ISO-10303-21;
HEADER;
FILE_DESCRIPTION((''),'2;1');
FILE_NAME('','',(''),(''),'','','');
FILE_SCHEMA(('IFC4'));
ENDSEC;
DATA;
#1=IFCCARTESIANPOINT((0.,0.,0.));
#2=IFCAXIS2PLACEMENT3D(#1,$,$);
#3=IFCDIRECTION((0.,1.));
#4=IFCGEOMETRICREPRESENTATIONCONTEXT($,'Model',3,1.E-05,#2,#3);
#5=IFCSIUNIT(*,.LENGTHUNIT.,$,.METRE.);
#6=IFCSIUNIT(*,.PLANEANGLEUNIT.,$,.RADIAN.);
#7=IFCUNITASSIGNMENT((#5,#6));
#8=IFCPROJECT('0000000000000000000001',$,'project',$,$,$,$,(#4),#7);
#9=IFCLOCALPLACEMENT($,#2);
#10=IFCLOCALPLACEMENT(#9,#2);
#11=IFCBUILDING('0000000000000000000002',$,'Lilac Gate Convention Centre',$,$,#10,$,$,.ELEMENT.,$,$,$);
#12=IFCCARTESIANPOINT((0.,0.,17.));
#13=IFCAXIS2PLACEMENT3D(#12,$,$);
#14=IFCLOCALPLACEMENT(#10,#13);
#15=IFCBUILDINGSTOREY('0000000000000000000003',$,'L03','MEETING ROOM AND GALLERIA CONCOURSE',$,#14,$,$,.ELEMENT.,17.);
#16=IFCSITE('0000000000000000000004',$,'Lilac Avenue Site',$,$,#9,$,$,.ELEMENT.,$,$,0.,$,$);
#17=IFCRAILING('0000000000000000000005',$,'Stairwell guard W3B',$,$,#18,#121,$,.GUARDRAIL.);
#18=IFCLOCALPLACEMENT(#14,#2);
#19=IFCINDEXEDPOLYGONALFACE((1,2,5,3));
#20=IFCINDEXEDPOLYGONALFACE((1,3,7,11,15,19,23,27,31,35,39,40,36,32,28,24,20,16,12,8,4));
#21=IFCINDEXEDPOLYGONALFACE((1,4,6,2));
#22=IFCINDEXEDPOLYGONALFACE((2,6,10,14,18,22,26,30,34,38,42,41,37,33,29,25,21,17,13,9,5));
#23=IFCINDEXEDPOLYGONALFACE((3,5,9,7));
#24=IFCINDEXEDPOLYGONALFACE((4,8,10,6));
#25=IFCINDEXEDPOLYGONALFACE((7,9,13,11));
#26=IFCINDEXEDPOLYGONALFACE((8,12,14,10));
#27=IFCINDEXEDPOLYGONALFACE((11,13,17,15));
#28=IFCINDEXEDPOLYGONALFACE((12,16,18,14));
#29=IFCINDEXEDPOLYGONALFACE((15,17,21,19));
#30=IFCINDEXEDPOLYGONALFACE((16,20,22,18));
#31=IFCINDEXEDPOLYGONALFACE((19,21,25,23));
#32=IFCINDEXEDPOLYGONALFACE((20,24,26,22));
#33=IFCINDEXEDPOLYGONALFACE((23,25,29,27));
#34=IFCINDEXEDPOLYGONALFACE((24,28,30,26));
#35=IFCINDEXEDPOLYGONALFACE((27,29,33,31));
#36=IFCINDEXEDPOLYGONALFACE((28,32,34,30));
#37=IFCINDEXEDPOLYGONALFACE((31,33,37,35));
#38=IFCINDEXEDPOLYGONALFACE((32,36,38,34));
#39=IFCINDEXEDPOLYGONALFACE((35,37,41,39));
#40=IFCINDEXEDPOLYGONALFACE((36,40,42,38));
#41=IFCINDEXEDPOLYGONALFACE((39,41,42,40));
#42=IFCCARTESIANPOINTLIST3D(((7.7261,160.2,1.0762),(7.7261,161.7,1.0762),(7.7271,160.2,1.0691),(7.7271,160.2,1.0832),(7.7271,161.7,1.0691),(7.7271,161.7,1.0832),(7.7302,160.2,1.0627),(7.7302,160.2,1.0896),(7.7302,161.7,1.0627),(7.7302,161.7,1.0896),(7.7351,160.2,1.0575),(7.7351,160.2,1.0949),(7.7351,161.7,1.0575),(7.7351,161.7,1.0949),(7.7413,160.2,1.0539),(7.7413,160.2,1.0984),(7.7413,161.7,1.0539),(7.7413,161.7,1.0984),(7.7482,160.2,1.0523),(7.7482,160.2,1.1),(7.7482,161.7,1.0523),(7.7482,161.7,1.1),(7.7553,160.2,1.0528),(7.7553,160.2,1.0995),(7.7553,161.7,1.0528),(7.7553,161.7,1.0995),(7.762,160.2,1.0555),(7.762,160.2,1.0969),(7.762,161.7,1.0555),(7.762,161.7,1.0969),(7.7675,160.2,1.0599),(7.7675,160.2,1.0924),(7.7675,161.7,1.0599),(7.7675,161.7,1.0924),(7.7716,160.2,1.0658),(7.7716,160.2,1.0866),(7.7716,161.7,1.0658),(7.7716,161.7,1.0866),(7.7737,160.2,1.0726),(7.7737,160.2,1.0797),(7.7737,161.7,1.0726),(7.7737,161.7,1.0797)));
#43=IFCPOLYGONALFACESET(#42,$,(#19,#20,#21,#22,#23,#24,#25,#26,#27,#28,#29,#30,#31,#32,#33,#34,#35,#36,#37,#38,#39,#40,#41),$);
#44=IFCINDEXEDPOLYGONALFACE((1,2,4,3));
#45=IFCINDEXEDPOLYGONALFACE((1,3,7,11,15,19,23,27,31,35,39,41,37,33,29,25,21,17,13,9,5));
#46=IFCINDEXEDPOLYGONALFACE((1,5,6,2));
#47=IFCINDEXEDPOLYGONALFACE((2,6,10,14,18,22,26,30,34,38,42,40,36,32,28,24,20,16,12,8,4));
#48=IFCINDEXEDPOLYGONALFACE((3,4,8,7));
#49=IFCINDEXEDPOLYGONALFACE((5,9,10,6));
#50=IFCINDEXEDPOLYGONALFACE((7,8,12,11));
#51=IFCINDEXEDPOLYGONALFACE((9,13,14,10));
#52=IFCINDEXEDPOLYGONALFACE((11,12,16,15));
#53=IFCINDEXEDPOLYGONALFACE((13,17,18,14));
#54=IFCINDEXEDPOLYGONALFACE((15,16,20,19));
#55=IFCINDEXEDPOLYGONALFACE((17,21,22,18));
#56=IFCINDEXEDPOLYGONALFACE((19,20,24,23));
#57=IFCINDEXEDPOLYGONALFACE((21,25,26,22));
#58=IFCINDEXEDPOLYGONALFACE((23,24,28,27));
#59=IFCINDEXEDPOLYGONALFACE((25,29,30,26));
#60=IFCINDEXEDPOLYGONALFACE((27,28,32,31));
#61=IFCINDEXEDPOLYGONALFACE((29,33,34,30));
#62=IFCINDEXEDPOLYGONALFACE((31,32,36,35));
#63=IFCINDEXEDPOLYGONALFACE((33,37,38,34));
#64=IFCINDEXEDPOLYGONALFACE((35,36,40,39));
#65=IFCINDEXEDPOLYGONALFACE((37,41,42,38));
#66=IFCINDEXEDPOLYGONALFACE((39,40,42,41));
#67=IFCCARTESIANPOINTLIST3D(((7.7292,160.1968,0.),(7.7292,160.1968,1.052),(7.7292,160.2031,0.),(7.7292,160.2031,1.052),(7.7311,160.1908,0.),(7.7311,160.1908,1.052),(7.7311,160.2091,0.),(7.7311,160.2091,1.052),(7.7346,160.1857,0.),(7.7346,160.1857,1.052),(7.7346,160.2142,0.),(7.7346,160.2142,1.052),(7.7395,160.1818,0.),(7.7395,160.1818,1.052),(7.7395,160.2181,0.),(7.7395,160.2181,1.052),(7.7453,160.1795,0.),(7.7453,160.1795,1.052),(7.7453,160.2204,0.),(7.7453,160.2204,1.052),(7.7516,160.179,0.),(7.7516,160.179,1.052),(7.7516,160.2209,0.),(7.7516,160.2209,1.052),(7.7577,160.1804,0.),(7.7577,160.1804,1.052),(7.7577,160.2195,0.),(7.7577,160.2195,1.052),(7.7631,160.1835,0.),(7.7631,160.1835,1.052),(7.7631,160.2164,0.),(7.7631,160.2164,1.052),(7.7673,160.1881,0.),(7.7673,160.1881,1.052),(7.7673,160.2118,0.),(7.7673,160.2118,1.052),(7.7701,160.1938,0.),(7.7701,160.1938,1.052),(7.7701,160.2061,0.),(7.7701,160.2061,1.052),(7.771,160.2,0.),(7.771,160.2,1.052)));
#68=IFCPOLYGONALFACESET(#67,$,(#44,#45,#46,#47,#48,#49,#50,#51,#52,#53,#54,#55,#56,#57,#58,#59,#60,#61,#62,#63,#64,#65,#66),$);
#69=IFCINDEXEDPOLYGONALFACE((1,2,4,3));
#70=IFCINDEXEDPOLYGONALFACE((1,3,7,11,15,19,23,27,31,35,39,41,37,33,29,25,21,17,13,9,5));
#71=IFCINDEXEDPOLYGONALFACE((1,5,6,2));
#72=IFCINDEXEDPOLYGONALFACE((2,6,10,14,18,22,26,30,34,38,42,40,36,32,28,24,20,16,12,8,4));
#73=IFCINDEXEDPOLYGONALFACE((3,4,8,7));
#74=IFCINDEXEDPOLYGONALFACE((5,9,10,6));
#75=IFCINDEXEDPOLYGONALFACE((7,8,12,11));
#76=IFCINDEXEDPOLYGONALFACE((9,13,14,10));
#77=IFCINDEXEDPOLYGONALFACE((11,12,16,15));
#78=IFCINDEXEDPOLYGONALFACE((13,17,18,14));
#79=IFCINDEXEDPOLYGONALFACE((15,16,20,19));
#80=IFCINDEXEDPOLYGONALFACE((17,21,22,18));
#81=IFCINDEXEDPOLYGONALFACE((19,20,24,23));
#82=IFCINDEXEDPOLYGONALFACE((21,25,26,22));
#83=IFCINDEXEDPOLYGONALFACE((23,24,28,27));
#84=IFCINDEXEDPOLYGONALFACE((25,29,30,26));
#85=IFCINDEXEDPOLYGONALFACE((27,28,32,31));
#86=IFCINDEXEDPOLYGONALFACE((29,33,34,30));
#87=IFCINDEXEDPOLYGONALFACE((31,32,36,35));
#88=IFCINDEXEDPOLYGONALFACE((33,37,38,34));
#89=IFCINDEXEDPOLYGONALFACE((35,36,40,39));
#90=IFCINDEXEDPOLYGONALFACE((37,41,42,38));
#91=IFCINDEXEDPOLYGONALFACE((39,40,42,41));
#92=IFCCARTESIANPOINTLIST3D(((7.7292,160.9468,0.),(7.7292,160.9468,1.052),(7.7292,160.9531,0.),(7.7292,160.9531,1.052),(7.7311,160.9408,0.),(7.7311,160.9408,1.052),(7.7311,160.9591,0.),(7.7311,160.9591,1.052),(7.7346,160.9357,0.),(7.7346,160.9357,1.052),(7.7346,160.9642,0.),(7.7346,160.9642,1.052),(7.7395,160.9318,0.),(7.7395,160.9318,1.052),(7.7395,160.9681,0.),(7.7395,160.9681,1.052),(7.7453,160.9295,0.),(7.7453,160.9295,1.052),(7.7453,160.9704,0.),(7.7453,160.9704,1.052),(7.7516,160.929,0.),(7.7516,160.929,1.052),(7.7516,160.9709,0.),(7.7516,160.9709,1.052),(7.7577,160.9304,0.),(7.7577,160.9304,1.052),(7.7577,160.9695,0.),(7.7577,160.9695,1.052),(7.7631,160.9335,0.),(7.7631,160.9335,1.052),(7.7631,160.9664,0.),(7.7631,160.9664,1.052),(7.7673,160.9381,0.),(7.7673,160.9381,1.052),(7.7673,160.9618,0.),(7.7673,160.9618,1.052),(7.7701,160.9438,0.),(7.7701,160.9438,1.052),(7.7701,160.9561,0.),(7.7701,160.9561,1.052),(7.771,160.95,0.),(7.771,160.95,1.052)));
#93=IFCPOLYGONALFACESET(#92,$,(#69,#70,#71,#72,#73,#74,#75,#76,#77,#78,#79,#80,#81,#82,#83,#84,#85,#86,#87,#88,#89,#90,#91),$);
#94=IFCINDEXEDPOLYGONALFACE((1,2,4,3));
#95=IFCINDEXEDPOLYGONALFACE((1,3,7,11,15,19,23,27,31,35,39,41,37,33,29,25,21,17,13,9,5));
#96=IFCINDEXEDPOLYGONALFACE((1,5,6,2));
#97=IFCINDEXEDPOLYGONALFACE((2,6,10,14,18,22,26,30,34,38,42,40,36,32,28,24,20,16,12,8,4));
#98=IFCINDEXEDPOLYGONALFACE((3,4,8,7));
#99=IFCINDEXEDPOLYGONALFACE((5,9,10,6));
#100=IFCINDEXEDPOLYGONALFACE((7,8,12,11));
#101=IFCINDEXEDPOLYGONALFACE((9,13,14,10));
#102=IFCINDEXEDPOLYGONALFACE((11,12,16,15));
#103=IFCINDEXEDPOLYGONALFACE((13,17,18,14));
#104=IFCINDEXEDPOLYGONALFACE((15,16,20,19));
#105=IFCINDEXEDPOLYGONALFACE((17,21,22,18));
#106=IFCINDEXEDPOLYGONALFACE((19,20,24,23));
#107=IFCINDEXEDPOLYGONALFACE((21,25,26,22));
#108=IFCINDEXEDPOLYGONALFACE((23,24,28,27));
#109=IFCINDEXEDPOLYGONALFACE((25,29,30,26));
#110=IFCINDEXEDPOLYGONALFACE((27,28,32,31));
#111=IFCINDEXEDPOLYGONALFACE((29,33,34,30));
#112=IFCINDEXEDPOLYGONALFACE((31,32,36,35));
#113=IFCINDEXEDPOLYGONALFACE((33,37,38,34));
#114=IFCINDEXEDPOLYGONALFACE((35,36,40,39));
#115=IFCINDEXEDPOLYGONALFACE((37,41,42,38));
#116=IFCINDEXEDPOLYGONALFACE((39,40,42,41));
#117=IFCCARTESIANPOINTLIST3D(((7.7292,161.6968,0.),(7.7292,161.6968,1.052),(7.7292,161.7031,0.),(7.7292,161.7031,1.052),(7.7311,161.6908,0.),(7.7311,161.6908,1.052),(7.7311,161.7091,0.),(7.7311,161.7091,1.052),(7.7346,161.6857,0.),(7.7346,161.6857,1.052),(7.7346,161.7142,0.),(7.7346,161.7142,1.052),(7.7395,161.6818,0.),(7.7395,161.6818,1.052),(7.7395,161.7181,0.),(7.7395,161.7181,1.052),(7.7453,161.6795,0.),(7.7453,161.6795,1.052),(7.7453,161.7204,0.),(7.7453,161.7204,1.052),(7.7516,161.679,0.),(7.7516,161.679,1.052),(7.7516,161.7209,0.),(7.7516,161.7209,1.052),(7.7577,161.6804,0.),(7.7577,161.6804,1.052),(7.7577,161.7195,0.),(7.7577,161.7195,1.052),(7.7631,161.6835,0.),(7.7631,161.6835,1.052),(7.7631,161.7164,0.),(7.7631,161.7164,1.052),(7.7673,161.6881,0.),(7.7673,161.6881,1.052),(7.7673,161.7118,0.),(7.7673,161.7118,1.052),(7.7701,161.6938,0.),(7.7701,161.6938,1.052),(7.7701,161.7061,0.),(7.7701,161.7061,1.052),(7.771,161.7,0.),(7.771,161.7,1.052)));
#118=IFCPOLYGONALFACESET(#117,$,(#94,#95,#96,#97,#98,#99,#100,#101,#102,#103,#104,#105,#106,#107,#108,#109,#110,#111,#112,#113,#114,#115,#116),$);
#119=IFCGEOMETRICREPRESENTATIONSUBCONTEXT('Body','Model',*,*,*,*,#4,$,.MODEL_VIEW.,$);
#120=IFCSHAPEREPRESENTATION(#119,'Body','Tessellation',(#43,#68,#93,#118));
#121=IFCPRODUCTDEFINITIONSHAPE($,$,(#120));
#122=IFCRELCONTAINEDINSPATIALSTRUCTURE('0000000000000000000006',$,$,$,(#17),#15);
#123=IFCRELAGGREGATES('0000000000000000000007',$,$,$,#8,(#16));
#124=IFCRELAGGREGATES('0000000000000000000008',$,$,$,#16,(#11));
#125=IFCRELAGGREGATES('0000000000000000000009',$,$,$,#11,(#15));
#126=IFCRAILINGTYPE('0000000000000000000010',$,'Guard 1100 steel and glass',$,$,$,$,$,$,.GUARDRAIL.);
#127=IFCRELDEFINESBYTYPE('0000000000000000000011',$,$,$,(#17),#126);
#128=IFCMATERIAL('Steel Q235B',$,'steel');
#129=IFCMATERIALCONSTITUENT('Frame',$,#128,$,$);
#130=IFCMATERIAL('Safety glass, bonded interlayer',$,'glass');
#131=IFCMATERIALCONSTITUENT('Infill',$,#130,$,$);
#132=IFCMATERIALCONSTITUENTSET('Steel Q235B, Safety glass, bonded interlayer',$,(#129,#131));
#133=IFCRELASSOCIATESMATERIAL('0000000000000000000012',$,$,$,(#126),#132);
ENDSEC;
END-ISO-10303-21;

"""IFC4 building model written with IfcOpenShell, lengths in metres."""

from ifc_helpers import new_model, si_unit, direction, frame, origin, origin_2d, place, context, subcontext, project, spatial, circle, extrude, material, constituent, constituent_set, type_object, element, save


model = new_model("IFC4")

# Units and contexts
model_context = context("Model", 3, precision=1e-05, world=origin(), true_north=direction((0.0, 1.0)))
body_context = subcontext(model_context, "Body", "Model", "MODEL_VIEW")
ifc_project = project(units=[si_unit("LENGTHUNIT", "METRE"), si_unit("PLANEANGLEUNIT", "RADIAN")], contexts=[model_context])

# Site, building, storey
site_placement = place(None, origin())
site = spatial("IfcSite", under=ifc_project, at=site_placement, Name="Lilac Avenue Site", CompositionType="ELEMENT", RefElevation=0.0)
building_placement = place(site_placement, origin())
building = spatial("IfcBuilding", under=site, at=building_placement, Name="Lilac Gate Convention Centre", CompositionType="ELEMENT")
storey_placement = place(building_placement, frame((0.0, 0.0, 17.0)))
storey = spatial("IfcBuildingStorey", under=building, at=storey_placement, Name="L03", Description="MEETING ROOM AND GALLERIA CONCOURSE", CompositionType="ELEMENT", Elevation=17.0)

# Railing
ifc_material_1 = material(Name="Steel Q235B", Category="steel")
ifc_constituent_1 = constituent(ifc_material_1, Name="Frame")
ifc_material_2 = material(Name="Safety glass, bonded interlayer", Category="glass")
ifc_constituent_2 = constituent(ifc_material_2, Name="Infill")
ifc_constituent_set = constituent_set(constituents=[ifc_constituent_1, ifc_constituent_2], Name="Steel Q235B, Safety glass, bonded interlayer")
railing_type = type_object("IfcRailingType", Name="Guard 1100 steel and glass", PredefinedType="GUARDRAIL", material=ifc_constituent_set)
railing_placement = place(storey_placement, frame((7.75, 160.2, 0.0)))
element("IfcRailing", 1, at=railing_placement, inside=storey, type_object=railing_type, Name="Stairwell guard W3B", PredefinedType="GUARDRAIL", context=body_context, shape_type="SweptSolid", body=[
    extrude(circle(Radius=0.0239, at=origin_2d()), frame((0.0, 0.0, 1.0762), z_axis=(0.0, 1.0, 0.0), x_axis=(-1.0, 0.0, 0.0)), (0.0, 0.0, 1.0), 1.5),
    extrude(circle(Radius=0.021, at=origin_2d()), origin(), (0.0, 0.0, 1.0), 1.052),
    extrude(circle(Radius=0.021, at=origin_2d()), frame((0.0, 0.75, 0.0)), (0.0, 0.0, 1.0), 1.052),
    extrude(circle(Radius=0.021, at=origin_2d()), frame((0.0, 1.5, 0.0)), (0.0, 0.0, 1.0), 1.052),
])

save(model, "model.ifc")
